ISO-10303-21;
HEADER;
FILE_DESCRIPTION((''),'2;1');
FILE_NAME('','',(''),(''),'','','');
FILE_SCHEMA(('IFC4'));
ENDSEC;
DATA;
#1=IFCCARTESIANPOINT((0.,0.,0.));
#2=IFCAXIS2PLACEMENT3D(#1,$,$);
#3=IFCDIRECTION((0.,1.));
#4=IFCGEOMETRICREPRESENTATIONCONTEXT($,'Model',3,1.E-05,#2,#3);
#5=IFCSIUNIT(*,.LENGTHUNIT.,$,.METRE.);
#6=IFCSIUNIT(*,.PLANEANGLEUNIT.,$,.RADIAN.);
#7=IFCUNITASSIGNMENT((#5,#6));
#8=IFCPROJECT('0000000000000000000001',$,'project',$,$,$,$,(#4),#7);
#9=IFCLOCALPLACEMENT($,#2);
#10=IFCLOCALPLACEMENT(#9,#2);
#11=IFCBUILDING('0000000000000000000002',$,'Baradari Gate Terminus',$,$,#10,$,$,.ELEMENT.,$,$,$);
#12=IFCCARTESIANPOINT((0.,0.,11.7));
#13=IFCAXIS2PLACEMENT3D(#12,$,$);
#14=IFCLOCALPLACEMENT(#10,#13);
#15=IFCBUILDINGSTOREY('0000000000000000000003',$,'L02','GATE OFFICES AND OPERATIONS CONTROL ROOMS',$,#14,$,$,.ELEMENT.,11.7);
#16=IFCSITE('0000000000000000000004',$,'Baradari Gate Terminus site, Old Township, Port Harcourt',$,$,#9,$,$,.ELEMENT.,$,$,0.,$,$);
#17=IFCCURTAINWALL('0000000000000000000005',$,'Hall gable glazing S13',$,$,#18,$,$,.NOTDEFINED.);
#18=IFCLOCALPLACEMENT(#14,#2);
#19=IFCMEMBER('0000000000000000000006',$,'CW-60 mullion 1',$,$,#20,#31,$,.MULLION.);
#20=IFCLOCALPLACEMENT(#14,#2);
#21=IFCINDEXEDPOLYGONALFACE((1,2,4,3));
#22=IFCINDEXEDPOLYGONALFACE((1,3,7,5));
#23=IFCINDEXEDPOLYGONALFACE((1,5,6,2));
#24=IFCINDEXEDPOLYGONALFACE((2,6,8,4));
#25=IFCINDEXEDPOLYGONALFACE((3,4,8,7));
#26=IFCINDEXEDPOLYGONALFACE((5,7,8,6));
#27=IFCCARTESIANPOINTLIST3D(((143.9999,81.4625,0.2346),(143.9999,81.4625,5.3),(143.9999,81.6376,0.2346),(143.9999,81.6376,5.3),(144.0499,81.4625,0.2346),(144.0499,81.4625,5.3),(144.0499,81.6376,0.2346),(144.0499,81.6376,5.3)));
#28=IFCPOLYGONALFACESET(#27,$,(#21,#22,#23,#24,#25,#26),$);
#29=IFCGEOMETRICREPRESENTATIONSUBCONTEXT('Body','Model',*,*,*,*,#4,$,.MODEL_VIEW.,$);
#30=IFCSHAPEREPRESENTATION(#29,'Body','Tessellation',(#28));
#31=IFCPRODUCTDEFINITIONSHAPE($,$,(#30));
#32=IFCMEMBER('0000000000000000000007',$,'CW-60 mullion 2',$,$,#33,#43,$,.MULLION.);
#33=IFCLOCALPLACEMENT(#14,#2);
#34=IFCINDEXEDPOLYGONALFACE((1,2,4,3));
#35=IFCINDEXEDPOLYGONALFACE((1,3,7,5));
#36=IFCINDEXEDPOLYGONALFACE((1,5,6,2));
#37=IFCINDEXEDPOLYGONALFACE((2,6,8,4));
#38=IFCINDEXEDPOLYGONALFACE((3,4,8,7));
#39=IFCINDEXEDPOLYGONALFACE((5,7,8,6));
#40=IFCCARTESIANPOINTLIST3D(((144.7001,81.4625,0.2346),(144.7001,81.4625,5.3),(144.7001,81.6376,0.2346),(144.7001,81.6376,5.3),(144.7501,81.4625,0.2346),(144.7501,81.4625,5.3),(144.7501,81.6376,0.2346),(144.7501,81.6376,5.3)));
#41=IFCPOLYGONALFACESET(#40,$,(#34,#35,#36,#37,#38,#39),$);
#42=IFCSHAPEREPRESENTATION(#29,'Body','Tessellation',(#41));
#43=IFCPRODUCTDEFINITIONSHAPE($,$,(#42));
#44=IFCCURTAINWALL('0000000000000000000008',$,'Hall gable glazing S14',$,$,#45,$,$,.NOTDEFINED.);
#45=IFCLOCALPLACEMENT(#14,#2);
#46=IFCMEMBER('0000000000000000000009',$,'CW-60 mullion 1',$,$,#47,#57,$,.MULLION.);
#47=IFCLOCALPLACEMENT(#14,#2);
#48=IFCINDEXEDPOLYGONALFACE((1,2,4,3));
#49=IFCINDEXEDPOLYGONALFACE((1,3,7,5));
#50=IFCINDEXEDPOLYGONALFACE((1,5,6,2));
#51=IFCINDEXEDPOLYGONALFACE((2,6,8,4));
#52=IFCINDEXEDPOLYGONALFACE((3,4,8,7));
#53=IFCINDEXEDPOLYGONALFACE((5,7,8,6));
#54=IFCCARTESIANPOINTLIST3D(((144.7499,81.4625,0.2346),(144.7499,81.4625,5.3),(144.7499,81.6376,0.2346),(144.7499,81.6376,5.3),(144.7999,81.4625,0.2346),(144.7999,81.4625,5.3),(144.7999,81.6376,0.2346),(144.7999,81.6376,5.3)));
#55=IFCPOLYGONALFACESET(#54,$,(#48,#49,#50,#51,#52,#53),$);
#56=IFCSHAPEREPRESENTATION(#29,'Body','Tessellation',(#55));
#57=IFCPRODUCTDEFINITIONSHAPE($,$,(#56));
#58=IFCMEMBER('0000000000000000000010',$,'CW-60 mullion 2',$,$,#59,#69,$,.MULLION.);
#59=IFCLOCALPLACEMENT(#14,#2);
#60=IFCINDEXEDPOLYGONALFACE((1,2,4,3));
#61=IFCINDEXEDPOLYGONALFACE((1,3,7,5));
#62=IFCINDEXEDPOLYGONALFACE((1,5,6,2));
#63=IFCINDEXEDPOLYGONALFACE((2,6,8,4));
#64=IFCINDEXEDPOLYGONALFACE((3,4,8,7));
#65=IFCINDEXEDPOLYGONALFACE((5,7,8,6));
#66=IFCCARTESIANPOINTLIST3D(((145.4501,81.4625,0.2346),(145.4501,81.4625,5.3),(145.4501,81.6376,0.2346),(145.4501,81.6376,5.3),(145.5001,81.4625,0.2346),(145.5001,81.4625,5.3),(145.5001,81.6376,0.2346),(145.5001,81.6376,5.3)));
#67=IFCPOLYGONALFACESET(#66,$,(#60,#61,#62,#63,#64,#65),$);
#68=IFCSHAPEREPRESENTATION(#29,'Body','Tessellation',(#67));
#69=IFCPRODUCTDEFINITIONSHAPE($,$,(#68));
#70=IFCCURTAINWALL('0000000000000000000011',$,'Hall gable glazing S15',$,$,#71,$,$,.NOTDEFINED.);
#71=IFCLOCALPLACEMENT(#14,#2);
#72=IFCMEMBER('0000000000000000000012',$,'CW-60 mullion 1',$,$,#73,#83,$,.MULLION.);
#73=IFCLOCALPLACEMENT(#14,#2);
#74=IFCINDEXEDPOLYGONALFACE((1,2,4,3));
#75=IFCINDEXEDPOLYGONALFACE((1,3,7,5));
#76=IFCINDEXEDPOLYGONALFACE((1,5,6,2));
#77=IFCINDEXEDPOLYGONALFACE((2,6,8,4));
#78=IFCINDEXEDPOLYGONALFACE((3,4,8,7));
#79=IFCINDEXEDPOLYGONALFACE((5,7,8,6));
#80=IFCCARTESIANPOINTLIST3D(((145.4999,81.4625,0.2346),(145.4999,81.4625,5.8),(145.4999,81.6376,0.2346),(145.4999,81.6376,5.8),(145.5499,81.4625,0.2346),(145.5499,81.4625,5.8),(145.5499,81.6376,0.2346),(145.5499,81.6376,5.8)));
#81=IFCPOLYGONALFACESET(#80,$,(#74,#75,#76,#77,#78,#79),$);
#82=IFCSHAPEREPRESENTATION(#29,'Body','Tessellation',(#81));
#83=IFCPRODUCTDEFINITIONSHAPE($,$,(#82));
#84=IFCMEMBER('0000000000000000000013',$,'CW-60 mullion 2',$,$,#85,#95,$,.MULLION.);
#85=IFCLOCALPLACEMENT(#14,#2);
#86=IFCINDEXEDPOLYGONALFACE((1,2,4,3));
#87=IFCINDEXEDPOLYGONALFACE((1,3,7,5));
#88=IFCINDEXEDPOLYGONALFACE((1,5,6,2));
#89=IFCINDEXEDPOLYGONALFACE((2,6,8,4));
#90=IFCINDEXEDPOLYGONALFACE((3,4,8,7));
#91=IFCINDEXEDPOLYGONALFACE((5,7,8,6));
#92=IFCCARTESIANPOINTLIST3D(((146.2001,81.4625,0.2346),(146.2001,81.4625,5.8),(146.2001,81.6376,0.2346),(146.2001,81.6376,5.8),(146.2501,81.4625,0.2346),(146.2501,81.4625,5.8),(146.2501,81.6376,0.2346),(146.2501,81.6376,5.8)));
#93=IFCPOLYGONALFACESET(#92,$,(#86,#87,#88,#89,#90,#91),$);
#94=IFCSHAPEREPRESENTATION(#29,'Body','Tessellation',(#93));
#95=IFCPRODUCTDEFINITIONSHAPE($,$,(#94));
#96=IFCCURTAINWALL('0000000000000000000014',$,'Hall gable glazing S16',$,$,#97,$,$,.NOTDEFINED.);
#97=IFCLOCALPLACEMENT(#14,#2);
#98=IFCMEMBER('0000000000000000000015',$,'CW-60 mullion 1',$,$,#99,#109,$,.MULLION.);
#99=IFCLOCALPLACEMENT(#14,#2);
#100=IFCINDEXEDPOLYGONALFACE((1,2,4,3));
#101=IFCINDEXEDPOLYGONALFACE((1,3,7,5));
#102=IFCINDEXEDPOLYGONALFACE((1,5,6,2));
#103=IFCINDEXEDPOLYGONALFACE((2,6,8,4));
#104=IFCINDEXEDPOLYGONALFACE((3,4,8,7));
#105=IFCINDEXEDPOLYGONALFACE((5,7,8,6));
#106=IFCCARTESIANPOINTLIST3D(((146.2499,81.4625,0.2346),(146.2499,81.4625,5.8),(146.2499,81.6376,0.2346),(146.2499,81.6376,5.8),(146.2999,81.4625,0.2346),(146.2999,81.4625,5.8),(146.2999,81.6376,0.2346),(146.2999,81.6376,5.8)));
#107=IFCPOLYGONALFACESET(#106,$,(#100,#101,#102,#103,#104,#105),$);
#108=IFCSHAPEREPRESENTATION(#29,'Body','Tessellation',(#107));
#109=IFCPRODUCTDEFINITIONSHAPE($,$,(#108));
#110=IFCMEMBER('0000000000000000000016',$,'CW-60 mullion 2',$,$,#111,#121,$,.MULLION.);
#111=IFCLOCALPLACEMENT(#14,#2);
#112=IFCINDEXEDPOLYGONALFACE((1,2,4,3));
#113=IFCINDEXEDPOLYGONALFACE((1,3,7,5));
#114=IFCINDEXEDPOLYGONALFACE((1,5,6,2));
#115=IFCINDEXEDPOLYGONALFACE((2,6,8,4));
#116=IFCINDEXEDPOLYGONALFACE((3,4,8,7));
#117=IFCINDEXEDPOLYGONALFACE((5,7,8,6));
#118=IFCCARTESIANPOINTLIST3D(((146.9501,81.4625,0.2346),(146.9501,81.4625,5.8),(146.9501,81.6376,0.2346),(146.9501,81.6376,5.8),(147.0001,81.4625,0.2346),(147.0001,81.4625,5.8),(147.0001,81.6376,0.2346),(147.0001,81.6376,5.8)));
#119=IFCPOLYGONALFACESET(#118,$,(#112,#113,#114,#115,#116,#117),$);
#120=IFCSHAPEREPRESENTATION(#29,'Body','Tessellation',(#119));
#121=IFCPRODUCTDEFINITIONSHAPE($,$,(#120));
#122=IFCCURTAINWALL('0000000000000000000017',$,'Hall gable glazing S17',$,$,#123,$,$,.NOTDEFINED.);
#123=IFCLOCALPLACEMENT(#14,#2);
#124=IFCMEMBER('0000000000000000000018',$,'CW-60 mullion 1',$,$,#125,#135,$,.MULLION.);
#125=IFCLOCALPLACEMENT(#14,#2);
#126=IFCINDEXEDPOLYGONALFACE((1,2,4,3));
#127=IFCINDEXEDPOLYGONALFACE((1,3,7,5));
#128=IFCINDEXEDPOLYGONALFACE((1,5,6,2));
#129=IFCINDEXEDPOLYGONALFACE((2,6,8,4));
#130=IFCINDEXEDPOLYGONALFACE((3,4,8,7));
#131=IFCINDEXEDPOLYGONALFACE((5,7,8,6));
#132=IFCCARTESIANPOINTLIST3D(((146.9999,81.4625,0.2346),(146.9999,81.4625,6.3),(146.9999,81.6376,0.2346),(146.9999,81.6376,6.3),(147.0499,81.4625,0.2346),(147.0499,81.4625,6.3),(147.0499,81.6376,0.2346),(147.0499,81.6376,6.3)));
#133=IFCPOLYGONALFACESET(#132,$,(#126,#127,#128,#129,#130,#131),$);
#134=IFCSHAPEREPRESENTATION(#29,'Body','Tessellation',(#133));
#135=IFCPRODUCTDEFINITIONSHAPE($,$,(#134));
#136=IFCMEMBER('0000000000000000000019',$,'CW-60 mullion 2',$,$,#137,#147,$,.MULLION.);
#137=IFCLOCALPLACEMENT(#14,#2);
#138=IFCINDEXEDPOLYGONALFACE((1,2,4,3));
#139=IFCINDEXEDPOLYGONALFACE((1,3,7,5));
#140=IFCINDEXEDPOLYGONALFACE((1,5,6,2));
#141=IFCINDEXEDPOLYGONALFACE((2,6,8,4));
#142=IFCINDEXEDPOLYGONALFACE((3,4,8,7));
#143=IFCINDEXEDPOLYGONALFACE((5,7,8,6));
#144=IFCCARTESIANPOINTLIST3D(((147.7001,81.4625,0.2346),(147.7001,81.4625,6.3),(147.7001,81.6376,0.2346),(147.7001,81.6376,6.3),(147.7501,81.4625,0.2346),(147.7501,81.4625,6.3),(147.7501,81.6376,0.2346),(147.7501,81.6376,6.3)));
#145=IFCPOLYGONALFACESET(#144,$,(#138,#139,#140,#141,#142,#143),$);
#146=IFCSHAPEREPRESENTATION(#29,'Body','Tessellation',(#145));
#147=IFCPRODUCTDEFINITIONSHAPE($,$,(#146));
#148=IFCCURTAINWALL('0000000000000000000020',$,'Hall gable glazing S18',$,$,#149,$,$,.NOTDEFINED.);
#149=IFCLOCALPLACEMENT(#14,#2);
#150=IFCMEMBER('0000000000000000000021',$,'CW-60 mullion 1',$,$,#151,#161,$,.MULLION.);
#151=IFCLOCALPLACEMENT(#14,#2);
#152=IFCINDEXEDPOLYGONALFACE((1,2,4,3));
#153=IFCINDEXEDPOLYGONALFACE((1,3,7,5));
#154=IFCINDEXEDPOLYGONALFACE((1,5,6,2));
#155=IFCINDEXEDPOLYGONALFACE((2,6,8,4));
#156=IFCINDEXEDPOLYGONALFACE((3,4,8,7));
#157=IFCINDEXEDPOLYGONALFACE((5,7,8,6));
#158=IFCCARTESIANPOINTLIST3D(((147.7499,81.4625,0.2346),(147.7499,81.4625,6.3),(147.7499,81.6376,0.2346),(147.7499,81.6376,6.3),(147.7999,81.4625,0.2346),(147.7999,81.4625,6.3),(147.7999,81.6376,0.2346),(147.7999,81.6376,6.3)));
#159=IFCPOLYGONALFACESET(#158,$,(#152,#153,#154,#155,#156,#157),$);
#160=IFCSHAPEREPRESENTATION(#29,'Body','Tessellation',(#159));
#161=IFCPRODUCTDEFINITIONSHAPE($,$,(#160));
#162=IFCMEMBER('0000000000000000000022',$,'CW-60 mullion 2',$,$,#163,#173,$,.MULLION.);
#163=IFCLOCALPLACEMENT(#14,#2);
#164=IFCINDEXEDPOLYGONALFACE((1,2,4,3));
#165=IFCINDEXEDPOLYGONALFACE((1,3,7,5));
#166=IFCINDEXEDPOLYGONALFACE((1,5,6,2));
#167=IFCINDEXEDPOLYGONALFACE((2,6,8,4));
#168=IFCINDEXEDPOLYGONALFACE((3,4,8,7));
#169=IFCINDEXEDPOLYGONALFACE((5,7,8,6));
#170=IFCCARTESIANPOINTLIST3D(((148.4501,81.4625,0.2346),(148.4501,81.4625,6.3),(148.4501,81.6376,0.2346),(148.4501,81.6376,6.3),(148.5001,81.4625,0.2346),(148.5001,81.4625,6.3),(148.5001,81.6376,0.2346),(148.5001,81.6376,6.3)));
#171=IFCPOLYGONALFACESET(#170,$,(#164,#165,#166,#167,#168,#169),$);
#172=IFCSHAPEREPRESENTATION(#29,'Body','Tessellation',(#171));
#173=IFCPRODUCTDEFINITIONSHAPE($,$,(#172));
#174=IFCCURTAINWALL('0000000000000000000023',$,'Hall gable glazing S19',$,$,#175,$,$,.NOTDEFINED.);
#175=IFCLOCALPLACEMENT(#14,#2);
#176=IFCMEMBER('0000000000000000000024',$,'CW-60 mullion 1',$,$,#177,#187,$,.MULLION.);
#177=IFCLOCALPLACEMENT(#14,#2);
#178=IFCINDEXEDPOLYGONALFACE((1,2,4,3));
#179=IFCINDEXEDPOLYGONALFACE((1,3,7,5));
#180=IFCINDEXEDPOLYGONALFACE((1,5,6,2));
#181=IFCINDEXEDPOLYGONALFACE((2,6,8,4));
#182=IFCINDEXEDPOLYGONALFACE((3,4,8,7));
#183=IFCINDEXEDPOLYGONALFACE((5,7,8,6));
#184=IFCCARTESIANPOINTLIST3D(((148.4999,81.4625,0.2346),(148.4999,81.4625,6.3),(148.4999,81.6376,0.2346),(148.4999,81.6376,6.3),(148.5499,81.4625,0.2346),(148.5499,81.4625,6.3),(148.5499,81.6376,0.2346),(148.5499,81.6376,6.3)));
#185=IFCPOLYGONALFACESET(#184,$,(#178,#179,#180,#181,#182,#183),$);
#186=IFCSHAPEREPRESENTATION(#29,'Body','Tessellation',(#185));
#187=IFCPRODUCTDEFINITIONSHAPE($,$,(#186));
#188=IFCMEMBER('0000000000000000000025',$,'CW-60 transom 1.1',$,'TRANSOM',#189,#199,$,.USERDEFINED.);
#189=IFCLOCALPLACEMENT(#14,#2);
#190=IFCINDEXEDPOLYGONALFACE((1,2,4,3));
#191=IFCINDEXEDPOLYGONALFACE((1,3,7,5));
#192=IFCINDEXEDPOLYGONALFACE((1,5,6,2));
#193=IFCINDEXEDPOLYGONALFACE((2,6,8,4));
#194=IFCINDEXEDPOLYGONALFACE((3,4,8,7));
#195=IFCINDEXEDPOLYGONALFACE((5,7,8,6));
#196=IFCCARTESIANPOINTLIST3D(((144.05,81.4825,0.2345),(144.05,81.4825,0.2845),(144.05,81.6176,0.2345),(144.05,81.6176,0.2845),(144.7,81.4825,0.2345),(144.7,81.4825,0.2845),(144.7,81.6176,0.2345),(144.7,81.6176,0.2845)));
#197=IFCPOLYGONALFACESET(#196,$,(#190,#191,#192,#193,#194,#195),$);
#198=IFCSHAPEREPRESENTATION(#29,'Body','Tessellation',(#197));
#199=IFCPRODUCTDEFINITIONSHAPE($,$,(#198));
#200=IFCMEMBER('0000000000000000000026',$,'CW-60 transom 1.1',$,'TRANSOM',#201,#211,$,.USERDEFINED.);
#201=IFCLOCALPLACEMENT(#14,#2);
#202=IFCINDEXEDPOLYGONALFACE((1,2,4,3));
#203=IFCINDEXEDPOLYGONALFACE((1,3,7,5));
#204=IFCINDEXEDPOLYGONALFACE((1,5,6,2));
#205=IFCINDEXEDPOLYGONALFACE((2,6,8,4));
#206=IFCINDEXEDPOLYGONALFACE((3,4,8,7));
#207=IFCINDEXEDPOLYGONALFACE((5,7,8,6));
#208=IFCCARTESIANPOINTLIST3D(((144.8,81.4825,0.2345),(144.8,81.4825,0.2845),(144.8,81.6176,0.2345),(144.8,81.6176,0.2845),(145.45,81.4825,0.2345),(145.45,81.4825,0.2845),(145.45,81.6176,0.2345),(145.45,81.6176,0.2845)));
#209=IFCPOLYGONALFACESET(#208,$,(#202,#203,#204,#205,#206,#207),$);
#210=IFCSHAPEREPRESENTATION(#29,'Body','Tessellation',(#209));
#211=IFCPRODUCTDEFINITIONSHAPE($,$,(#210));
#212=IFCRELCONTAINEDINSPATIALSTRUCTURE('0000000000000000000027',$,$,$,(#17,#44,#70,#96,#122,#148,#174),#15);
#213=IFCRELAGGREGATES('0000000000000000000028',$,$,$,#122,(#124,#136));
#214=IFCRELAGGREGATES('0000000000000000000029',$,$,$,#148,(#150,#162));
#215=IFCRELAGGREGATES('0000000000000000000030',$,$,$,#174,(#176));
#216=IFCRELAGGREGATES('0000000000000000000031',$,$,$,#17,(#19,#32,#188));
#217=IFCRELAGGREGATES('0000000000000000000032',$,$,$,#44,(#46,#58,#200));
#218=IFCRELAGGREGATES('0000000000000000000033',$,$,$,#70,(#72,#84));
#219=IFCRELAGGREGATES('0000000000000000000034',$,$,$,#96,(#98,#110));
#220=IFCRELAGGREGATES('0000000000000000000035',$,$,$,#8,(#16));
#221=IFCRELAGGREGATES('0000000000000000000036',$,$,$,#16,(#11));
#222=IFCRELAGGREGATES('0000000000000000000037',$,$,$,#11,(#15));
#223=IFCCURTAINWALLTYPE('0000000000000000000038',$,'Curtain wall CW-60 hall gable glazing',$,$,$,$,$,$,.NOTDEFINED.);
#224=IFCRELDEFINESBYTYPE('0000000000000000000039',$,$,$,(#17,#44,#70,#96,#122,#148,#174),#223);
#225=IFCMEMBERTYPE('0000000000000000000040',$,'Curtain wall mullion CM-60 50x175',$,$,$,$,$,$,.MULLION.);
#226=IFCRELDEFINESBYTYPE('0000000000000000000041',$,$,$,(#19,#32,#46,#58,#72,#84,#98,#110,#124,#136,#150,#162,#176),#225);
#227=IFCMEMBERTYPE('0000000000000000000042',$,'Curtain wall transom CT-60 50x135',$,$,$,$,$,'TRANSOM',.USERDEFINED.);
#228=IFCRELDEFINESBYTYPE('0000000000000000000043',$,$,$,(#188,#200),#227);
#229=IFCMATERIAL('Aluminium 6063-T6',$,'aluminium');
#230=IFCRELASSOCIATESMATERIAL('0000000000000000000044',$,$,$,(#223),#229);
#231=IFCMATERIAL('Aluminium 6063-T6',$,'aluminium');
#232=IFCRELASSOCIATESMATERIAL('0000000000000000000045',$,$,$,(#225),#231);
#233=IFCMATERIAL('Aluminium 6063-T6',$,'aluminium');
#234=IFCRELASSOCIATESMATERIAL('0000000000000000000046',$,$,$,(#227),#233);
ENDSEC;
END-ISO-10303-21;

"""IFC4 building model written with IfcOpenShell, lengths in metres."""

from ifc_helpers import new_model, si_unit, direction, frame, origin, origin_2d, place, context, subcontext, project, spatial, rectangle, extrude, material, material_profile, profile_set, type_object, element, aggregate, save


model = new_model("IFC4")

# Units and contexts
model_context = context("Model", 3, precision=1e-05, world=origin(), true_north=direction((0.0, 1.0)))
body_context = subcontext(model_context, "Body", "Model", "MODEL_VIEW")
ifc_project = project(units=[si_unit("LENGTHUNIT", "METRE"), si_unit("PLANEANGLEUNIT", "RADIAN")], contexts=[model_context])

# Site, building, storey
site_placement = place(None, origin())
site = spatial("IfcSite", under=ifc_project, at=site_placement, Name="Baradari Gate Terminus site, Old Township, Port Harcourt", CompositionType="ELEMENT", RefElevation=0.0)
building_placement = place(site_placement, origin())
building = spatial("IfcBuilding", under=site, at=building_placement, Name="Baradari Gate Terminus", CompositionType="ELEMENT")
storey_placement = place(building_placement, frame((0.0, 0.0, 11.7)))
storey = spatial("IfcBuildingStorey", under=building, at=storey_placement, Name="L02", Description="GATE OFFICES AND OPERATIONS CONTROL ROOMS", CompositionType="ELEMENT", Elevation=11.7)

# Curtain walls, members
ifc_material_1 = material(Name="Aluminium 6063-T6", Category="aluminium")
curtain_wall_type = type_object("IfcCurtainWallType", Name="Curtain wall CW-60 hall gable glazing", PredefinedType="NOTDEFINED", material=ifc_material_1)
curtain_wall_1_placement = place(storey_placement, origin())
curtain_wall_1 = element("IfcCurtainWall", 1, at=curtain_wall_1_placement, inside=storey, type_object=curtain_wall_type, Name="Hall gable glazing S13", PredefinedType="NOTDEFINED")
ifc_material_2 = material(Name="Aluminium 6063-T6", Category="aluminium")
ifc_material_profile_1 = material_profile(ifc_material_2, rectangle(XDim=0.175, YDim=0.05, at=origin_2d()), Name="CM-60 50X175")
ifc_profile_set_1 = profile_set([ifc_material_profile_1], Name="Aluminium 6063-T6")
member_type_1 = type_object("IfcMemberType", Name="Curtain wall mullion CM-60 50x175", PredefinedType="MULLION", material=ifc_profile_set_1)
member_1_placement = place(storey_placement, frame((144.0249, 81.55, 0.2346), z_axis=(0.0, 0.0, 1.0), x_axis=(0.0, 1.0, 0.0)))
member_1 = element("IfcMember", 2, at=member_1_placement, type_object=member_type_1, Name="CW-60 mullion 1", PredefinedType="MULLION", context=body_context, shape_type="SweptSolid", body=[
    extrude(rectangle(XDim=0.175, YDim=0.05, at=origin_2d()), origin(), (0.0, 0.0, 1.0), 5.0654),
])
member_2_placement = place(storey_placement, frame((144.7251, 81.55, 0.2346), z_axis=(0.0, 0.0, 1.0), x_axis=(0.0, 1.0, 0.0)))
member_2 = element("IfcMember", 3, at=member_2_placement, type_object=member_type_1, Name="CW-60 mullion 2", PredefinedType="MULLION", context=body_context, shape_type="SweptSolid", body=[
    extrude(rectangle(XDim=0.175, YDim=0.05, at=origin_2d()), origin(), (0.0, 0.0, 1.0), 5.0654),
])
curtain_wall_2_placement = place(storey_placement, origin())
curtain_wall_2 = element("IfcCurtainWall", 4, at=curtain_wall_2_placement, inside=storey, type_object=curtain_wall_type, Name="Hall gable glazing S14", PredefinedType="NOTDEFINED")
member_3_placement = place(storey_placement, frame((144.7749, 81.55, 0.2346), z_axis=(0.0, 0.0, 1.0), x_axis=(0.0, 1.0, 0.0)))
member_3 = element("IfcMember", 5, at=member_3_placement, type_object=member_type_1, Name="CW-60 mullion 1", PredefinedType="MULLION", context=body_context, shape_type="SweptSolid", body=[
    extrude(rectangle(XDim=0.175, YDim=0.05, at=origin_2d()), origin(), (0.0, 0.0, 1.0), 5.0654),
])
member_4_placement = place(storey_placement, frame((145.4751, 81.55, 0.2346), z_axis=(0.0, 0.0, 1.0), x_axis=(0.0, 1.0, 0.0)))
member_4 = element("IfcMember", 6, at=member_4_placement, type_object=member_type_1, Name="CW-60 mullion 2", PredefinedType="MULLION", context=body_context, shape_type="SweptSolid", body=[
    extrude(rectangle(XDim=0.175, YDim=0.05, at=origin_2d()), origin(), (0.0, 0.0, 1.0), 5.0654),
])
curtain_wall_3_placement = place(storey_placement, origin())
curtain_wall_3 = element("IfcCurtainWall", 7, at=curtain_wall_3_placement, inside=storey, type_object=curtain_wall_type, Name="Hall gable glazing S15", PredefinedType="NOTDEFINED")
member_5_placement = place(storey_placement, frame((145.5249, 81.55, 0.2346), z_axis=(0.0, 0.0, 1.0), x_axis=(0.0, 1.0, 0.0)))
member_5 = element("IfcMember", 8, at=member_5_placement, type_object=member_type_1, Name="CW-60 mullion 1", PredefinedType="MULLION", context=body_context, shape_type="SweptSolid", body=[
    extrude(rectangle(XDim=0.175, YDim=0.05, at=origin_2d()), origin(), (0.0, 0.0, 1.0), 5.5654),
])
member_6_placement = place(storey_placement, frame((146.2251, 81.55, 0.2346), z_axis=(0.0, 0.0, 1.0), x_axis=(0.0, 1.0, 0.0)))
member_6 = element("IfcMember", 9, at=member_6_placement, type_object=member_type_1, Name="CW-60 mullion 2", PredefinedType="MULLION", context=body_context, shape_type="SweptSolid", body=[
    extrude(rectangle(XDim=0.175, YDim=0.05, at=origin_2d()), origin(), (0.0, 0.0, 1.0), 5.5654),
])
curtain_wall_4_placement = place(storey_placement, origin())
curtain_wall_4 = element("IfcCurtainWall", 10, at=curtain_wall_4_placement, inside=storey, type_object=curtain_wall_type, Name="Hall gable glazing S16", PredefinedType="NOTDEFINED")
member_7_placement = place(storey_placement, frame((146.2749, 81.55, 0.2346), z_axis=(0.0, 0.0, 1.0), x_axis=(0.0, 1.0, 0.0)))
member_7 = element("IfcMember", 11, at=member_7_placement, type_object=member_type_1, Name="CW-60 mullion 1", PredefinedType="MULLION", context=body_context, shape_type="SweptSolid", body=[
    extrude(rectangle(XDim=0.175, YDim=0.05, at=origin_2d()), origin(), (0.0, 0.0, 1.0), 5.5654),
])
member_8_placement = place(storey_placement, frame((146.9751, 81.55, 0.2346), z_axis=(0.0, 0.0, 1.0), x_axis=(0.0, 1.0, 0.0)))
member_8 = element("IfcMember", 12, at=member_8_placement, type_object=member_type_1, Name="CW-60 mullion 2", PredefinedType="MULLION", context=body_context, shape_type="SweptSolid", body=[
    extrude(rectangle(XDim=0.175, YDim=0.05, at=origin_2d()), origin(), (0.0, 0.0, 1.0), 5.5654),
])
curtain_wall_5_placement = place(storey_placement, origin())
curtain_wall_5 = element("IfcCurtainWall", 13, at=curtain_wall_5_placement, inside=storey, type_object=curtain_wall_type, Name="Hall gable glazing S17", PredefinedType="NOTDEFINED")
member_9_placement = place(storey_placement, frame((147.0249, 81.55, 0.2346), z_axis=(0.0, 0.0, 1.0), x_axis=(0.0, 1.0, 0.0)))
member_9 = element("IfcMember", 14, at=member_9_placement, type_object=member_type_1, Name="CW-60 mullion 1", PredefinedType="MULLION", context=body_context, shape_type="SweptSolid", body=[
    extrude(rectangle(XDim=0.175, YDim=0.05, at=origin_2d()), origin(), (0.0, 0.0, 1.0), 6.0654),
])
member_10_placement = place(storey_placement, frame((147.7251, 81.55, 0.2346), z_axis=(0.0, 0.0, 1.0), x_axis=(0.0, 1.0, 0.0)))
member_10 = element("IfcMember", 15, at=member_10_placement, type_object=member_type_1, Name="CW-60 mullion 2", PredefinedType="MULLION", context=body_context, shape_type="SweptSolid", body=[
    extrude(rectangle(XDim=0.175, YDim=0.05, at=origin_2d()), origin(), (0.0, 0.0, 1.0), 6.0654),
])
curtain_wall_6_placement = place(storey_placement, origin())
curtain_wall_6 = element("IfcCurtainWall", 16, at=curtain_wall_6_placement, inside=storey, type_object=curtain_wall_type, Name="Hall gable glazing S18", PredefinedType="NOTDEFINED")
member_11_placement = place(storey_placement, frame((147.7749, 81.55, 0.2346), z_axis=(0.0, 0.0, 1.0), x_axis=(0.0, 1.0, 0.0)))
member_11 = element("IfcMember", 17, at=member_11_placement, type_object=member_type_1, Name="CW-60 mullion 1", PredefinedType="MULLION", context=body_context, shape_type="SweptSolid", body=[
    extrude(rectangle(XDim=0.175, YDim=0.05, at=origin_2d()), origin(), (0.0, 0.0, 1.0), 6.0654),
])
member_12_placement = place(storey_placement, frame((148.4751, 81.55, 0.2346), z_axis=(0.0, 0.0, 1.0), x_axis=(0.0, 1.0, 0.0)))
member_12 = element("IfcMember", 18, at=member_12_placement, type_object=member_type_1, Name="CW-60 mullion 2", PredefinedType="MULLION", context=body_context, shape_type="SweptSolid", body=[
    extrude(rectangle(XDim=0.175, YDim=0.05, at=origin_2d()), origin(), (0.0, 0.0, 1.0), 6.0654),
])

# Curtain wall, member
curtain_wall_7_placement = place(storey_placement, origin())
curtain_wall_7 = element("IfcCurtainWall", 19, at=curtain_wall_7_placement, inside=storey, type_object=curtain_wall_type, Name="Hall gable glazing S19", PredefinedType="NOTDEFINED")
member_13_placement = place(storey_placement, frame((148.5249, 81.55, 0.2346), z_axis=(0.0, 0.0, 1.0), x_axis=(0.0, 1.0, 0.0)))
member_13 = element("IfcMember", 20, at=member_13_placement, type_object=member_type_1, Name="CW-60 mullion 1", PredefinedType="MULLION", context=body_context, shape_type="SweptSolid", body=[
    extrude(rectangle(XDim=0.175, YDim=0.05, at=origin_2d()), origin(), (0.0, 0.0, 1.0), 6.0654),
])

# Members
ifc_material_3 = material(Name="Aluminium 6063-T6", Category="aluminium")
ifc_material_profile_2 = material_profile(ifc_material_3, rectangle(XDim=0.135, YDim=0.05, at=origin_2d()), Name="CT-60 50X135")
ifc_profile_set_2 = profile_set([ifc_material_profile_2], Name="Aluminium 6063-T6")
member_type_2 = type_object("IfcMemberType", Name="Curtain wall transom CT-60 50x135", ElementType="TRANSOM", PredefinedType="USERDEFINED", material=ifc_profile_set_2)
member_14_placement = place(storey_placement, frame((144.05, 81.55, 0.2595), z_axis=(1.0, 0.0, 0.0), x_axis=(0.0, 1.0, 0.0)))
member_14 = element("IfcMember", 21, at=member_14_placement, type_object=member_type_2, Name="CW-60 transom 1.1", ObjectType="TRANSOM", PredefinedType="USERDEFINED", context=body_context, shape_type="SweptSolid", body=[
    extrude(rectangle(XDim=0.135, YDim=0.05, at=origin_2d()), origin(), (0.0, 0.0, 1.0), 0.6499),
])
member_15_placement = place(storey_placement, frame((144.8, 81.55, 0.2595), z_axis=(1.0, 0.0, 0.0), x_axis=(0.0, 1.0, 0.0)))
member_15 = element("IfcMember", 22, at=member_15_placement, type_object=member_type_2, Name="CW-60 transom 1.1", ObjectType="TRANSOM", PredefinedType="USERDEFINED", context=body_context, shape_type="SweptSolid", body=[
    extrude(rectangle(XDim=0.135, YDim=0.05, at=origin_2d()), origin(), (0.0, 0.0, 1.0), 0.6499),
])
aggregate(curtain_wall_5, [member_9, member_10])
aggregate(curtain_wall_6, [member_11, member_12])
aggregate(curtain_wall_7, [member_13])

aggregate(curtain_wall_1, [member_1, member_2, member_14])
aggregate(curtain_wall_2, [member_3, member_4, member_15])
aggregate(curtain_wall_3, [member_5, member_6])
aggregate(curtain_wall_4, [member_7, member_8])

save(model, "model.ifc")
